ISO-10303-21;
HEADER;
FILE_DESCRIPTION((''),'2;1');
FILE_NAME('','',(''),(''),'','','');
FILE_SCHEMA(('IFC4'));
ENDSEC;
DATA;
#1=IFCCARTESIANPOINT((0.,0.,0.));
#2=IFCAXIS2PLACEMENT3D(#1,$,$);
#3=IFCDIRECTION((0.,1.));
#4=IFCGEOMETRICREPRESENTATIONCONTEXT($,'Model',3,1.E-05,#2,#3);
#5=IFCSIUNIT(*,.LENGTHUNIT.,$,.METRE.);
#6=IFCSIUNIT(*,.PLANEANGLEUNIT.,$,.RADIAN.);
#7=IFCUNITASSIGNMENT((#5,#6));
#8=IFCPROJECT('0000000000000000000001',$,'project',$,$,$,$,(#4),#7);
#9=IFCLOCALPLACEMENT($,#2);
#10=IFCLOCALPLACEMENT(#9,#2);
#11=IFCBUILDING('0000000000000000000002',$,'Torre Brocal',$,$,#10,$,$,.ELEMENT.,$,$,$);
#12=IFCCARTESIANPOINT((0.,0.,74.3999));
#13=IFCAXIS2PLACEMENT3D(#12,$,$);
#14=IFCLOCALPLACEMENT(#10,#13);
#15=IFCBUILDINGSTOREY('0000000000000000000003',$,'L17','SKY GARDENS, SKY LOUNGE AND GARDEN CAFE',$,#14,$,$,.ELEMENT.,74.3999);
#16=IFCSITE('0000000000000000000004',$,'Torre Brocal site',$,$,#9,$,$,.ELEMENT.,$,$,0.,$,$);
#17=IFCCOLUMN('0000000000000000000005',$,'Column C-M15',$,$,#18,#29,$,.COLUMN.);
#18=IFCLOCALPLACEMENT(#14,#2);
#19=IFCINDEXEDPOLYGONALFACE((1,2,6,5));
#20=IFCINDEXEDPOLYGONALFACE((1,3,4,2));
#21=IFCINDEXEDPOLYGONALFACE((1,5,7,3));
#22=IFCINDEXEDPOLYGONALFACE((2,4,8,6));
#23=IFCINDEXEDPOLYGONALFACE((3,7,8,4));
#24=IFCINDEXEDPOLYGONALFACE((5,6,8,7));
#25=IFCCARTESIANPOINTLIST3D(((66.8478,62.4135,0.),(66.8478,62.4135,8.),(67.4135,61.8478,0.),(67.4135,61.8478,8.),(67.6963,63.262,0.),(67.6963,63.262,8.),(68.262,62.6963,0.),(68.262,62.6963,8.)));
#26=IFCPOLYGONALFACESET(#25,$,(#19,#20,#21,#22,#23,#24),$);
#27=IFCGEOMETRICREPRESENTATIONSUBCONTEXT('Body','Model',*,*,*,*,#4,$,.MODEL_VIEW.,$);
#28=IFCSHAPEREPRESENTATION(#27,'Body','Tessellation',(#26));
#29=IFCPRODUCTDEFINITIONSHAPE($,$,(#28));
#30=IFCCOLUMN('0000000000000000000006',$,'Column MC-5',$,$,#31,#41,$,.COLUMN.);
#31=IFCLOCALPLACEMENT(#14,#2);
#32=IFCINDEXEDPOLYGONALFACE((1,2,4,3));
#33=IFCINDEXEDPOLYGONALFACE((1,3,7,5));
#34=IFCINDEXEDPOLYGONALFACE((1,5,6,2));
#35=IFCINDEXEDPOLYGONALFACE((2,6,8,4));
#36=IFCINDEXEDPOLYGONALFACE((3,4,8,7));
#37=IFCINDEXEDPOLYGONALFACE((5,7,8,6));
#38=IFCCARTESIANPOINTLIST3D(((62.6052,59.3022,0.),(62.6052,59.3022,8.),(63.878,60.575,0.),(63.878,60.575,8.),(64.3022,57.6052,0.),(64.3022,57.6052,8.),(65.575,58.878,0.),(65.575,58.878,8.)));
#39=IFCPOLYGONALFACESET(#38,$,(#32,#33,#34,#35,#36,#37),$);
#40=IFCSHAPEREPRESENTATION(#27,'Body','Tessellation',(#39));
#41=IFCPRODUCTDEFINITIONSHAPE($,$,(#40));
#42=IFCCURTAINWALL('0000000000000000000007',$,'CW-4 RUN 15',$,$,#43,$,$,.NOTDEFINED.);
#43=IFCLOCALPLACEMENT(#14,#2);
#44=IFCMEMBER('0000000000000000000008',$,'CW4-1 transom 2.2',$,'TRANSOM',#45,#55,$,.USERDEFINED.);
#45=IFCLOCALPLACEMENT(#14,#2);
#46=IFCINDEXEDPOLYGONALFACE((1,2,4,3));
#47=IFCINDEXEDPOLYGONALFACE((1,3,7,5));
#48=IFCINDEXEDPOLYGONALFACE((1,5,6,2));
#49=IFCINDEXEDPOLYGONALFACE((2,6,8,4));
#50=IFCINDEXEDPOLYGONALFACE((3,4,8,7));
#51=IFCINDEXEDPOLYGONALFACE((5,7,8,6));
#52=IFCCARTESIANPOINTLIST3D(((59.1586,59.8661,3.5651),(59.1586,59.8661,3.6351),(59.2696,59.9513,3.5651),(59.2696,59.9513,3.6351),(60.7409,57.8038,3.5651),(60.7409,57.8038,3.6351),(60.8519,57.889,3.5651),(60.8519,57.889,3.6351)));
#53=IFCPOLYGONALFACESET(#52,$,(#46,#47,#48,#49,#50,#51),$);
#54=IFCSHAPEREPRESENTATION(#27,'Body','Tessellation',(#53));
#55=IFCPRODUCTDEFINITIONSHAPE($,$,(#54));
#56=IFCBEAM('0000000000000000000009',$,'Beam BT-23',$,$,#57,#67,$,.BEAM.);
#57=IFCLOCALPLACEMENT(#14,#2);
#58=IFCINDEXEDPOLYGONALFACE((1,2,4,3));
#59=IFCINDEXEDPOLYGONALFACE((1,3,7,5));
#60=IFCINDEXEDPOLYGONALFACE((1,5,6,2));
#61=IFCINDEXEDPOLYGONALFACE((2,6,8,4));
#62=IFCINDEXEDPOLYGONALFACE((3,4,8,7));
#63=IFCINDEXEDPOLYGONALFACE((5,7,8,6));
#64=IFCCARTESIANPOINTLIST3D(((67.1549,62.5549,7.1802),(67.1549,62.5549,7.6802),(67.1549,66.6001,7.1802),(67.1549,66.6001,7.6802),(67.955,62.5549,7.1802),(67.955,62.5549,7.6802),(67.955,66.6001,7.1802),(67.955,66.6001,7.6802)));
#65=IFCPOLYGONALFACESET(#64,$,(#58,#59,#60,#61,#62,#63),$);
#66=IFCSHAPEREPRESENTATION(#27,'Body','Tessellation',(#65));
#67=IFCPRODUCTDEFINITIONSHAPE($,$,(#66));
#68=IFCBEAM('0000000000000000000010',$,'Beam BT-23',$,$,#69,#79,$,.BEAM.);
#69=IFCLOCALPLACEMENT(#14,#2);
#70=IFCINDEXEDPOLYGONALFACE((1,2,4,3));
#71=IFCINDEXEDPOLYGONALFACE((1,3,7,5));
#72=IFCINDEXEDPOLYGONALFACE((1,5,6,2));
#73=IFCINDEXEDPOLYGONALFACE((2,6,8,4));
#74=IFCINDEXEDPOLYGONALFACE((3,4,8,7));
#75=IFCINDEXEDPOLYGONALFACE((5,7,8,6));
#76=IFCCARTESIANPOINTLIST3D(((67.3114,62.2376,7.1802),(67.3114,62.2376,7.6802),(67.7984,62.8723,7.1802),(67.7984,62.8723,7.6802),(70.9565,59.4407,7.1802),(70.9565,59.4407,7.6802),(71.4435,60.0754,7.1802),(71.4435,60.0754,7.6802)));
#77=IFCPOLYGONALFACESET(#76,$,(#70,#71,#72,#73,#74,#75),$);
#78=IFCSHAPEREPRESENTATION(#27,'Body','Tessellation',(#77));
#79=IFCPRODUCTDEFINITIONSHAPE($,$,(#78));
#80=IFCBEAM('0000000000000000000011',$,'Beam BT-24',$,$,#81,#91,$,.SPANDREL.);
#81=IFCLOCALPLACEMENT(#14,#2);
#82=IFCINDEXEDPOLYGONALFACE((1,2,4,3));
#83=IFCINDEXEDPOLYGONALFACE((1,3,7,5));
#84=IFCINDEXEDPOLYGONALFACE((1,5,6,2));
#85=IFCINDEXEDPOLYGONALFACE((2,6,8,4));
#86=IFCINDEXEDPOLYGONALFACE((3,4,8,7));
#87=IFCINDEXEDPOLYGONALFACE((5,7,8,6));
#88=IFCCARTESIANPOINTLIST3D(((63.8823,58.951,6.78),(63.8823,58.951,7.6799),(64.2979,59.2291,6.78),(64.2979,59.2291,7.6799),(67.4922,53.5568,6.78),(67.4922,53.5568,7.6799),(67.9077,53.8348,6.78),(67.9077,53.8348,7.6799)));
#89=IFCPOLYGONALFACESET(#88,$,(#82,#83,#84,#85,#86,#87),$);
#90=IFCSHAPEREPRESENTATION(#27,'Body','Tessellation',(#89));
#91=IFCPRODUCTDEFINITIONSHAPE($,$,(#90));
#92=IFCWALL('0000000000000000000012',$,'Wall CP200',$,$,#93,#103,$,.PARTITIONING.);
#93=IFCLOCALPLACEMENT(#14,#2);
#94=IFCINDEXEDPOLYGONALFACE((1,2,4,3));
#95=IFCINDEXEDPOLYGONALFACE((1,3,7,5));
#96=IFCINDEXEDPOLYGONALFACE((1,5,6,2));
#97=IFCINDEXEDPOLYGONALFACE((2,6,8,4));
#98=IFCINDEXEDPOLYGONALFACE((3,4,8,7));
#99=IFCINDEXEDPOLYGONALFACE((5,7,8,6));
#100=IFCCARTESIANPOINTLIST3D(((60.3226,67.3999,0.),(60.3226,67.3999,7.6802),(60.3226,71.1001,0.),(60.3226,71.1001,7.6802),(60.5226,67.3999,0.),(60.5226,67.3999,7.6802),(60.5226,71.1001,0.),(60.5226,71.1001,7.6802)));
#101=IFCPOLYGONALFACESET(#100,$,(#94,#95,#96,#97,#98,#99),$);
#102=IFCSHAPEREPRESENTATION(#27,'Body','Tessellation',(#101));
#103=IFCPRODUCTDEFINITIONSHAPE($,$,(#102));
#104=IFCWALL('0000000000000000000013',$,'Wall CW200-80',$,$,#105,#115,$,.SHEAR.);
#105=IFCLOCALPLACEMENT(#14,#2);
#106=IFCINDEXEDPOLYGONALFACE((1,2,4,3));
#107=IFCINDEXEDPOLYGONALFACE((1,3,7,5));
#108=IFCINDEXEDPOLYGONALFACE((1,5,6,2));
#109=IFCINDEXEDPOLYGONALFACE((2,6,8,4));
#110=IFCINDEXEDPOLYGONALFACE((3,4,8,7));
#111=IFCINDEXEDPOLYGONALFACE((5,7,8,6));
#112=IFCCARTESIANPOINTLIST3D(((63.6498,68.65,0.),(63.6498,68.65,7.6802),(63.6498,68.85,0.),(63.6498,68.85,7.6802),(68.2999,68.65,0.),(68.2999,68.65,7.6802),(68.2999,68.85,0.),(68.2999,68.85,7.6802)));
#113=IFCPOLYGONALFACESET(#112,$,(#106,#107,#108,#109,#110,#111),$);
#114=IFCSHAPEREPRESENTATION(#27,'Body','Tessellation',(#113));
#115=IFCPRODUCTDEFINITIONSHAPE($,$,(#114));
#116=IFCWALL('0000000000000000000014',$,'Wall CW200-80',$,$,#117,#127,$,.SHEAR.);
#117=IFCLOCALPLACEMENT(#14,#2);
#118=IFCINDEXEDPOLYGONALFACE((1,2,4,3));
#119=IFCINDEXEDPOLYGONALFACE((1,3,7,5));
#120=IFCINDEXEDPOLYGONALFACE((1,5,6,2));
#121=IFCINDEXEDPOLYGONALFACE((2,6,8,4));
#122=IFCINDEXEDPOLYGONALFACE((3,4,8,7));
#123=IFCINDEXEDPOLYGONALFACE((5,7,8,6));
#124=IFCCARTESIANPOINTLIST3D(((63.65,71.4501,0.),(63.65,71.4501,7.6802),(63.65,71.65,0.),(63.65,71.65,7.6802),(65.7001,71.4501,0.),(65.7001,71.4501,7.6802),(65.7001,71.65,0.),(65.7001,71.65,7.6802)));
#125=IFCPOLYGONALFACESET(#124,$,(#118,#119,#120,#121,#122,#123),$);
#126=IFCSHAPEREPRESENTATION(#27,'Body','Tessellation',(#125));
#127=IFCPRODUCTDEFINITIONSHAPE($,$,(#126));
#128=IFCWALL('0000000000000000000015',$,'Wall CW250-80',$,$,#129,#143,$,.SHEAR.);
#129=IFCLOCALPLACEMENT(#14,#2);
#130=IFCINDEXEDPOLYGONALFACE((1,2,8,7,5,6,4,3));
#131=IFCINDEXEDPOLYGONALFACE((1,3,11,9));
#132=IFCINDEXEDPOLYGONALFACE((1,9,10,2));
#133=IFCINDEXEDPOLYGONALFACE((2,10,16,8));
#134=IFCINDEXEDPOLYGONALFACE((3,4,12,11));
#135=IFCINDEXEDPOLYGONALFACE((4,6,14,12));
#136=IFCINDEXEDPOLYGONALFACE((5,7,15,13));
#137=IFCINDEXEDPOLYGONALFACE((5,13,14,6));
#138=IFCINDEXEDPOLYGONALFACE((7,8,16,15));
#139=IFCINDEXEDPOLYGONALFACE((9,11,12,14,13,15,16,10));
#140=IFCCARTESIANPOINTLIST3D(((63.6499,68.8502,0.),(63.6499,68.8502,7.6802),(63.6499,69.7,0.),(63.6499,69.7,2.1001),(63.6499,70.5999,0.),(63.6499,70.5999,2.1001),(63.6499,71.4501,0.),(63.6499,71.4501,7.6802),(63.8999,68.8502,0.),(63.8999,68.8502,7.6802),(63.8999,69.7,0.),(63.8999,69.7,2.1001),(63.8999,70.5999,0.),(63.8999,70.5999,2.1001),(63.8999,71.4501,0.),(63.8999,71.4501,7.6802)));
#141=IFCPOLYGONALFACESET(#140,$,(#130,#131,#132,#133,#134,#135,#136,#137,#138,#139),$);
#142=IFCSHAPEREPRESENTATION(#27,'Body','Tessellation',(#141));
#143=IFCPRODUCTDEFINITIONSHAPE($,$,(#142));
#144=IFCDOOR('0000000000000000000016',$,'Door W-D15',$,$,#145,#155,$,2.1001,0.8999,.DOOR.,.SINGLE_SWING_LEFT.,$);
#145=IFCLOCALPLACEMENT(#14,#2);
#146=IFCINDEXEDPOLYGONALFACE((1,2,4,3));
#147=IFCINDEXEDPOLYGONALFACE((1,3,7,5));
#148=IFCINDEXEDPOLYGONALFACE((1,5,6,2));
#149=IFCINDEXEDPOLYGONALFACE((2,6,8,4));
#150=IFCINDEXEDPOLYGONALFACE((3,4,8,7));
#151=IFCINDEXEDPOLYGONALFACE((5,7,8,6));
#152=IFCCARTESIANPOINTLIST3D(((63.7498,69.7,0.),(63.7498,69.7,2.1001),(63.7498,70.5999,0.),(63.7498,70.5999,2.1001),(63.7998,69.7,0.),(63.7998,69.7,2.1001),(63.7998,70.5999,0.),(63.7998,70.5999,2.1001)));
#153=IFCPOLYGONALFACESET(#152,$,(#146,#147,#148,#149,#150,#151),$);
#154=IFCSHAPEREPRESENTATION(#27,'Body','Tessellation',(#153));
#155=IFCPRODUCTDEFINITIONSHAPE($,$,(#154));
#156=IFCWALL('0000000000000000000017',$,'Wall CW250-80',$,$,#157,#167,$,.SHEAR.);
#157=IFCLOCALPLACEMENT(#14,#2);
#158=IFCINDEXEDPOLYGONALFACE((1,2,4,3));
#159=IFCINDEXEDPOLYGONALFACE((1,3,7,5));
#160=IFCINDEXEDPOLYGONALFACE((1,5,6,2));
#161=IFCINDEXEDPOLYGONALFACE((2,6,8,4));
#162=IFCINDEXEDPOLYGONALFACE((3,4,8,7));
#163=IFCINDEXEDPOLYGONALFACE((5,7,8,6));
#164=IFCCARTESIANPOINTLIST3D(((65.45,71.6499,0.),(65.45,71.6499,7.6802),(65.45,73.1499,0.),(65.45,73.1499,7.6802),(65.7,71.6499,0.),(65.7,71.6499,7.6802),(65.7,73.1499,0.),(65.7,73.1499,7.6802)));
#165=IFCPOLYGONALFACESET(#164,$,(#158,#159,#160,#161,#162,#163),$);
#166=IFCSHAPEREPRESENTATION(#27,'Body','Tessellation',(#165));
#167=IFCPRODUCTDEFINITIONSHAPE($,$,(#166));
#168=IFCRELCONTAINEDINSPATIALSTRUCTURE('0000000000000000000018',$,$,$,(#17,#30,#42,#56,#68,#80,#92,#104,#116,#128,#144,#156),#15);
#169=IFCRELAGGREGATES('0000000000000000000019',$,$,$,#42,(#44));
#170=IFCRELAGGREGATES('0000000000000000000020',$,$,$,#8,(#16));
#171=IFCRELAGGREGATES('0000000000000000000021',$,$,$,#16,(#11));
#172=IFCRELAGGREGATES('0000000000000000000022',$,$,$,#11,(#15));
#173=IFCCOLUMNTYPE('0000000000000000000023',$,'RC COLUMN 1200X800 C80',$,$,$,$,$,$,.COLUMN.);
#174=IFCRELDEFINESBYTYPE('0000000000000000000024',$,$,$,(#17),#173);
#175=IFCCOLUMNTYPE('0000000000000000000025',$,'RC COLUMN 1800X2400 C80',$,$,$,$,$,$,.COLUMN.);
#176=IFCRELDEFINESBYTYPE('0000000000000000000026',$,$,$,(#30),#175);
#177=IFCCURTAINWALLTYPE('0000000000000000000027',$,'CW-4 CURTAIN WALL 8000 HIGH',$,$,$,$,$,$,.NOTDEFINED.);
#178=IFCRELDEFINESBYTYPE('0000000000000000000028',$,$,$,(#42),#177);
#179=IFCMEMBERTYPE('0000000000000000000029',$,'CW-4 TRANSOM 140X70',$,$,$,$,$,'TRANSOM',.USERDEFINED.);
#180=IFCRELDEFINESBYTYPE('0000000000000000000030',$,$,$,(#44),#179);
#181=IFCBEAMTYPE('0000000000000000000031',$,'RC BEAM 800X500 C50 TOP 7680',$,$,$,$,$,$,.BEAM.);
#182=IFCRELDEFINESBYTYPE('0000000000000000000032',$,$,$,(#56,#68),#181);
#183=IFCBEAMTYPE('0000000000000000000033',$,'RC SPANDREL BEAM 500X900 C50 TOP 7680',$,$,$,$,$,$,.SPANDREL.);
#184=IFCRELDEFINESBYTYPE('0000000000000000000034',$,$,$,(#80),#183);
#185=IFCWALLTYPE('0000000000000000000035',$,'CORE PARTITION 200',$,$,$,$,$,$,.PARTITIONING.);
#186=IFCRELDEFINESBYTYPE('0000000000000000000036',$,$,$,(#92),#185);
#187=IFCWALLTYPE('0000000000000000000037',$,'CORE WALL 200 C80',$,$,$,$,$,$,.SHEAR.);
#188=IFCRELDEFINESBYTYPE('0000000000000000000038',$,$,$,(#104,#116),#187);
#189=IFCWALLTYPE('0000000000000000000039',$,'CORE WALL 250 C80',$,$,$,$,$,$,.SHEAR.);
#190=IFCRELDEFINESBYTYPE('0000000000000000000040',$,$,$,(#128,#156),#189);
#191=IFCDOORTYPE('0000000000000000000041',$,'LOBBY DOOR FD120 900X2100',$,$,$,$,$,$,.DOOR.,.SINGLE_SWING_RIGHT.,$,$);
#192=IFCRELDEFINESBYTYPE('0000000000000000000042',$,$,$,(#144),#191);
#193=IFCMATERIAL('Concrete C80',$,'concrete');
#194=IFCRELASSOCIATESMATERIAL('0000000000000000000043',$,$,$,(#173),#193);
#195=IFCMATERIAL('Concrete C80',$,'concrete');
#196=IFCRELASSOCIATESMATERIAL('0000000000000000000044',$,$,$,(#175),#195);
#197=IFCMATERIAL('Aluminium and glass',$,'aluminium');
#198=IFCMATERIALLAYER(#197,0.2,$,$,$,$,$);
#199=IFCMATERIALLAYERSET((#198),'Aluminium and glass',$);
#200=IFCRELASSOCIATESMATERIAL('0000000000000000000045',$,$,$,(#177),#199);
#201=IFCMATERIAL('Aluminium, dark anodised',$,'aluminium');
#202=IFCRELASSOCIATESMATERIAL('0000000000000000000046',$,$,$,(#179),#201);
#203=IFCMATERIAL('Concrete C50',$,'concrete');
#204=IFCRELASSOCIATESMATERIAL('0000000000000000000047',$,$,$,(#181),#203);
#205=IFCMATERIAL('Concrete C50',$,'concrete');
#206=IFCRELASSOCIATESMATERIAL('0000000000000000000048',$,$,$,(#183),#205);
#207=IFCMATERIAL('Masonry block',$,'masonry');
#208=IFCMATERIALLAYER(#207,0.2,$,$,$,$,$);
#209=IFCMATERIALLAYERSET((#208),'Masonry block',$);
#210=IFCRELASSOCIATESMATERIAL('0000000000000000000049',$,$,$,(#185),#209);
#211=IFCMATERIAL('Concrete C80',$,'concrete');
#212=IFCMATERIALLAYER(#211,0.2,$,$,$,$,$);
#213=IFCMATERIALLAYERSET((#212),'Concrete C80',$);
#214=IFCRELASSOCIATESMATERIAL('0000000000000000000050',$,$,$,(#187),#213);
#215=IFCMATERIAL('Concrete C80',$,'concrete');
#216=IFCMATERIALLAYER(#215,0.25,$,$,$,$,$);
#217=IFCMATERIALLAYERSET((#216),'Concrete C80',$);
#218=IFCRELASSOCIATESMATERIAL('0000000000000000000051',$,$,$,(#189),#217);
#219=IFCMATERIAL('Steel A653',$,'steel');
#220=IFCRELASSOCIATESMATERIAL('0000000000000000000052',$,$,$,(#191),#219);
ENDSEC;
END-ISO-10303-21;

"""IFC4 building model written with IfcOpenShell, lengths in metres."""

from ifc_helpers import new_model, si_unit, direction, frame, frame_2d, origin, origin_2d, place, context, subcontext, project, spatial, rectangle, extrude, material, layer, layer_set, material_profile, profile_set, type_object, element, fill, aggregate, save


model = new_model("IFC4")

# Units and contexts
model_context = context("Model", 3, precision=1e-05, world=origin(), true_north=direction((0.0, 1.0)))
body_context = subcontext(model_context, "Body", "Model", "MODEL_VIEW")
ifc_project = project(units=[si_unit("LENGTHUNIT", "METRE"), si_unit("PLANEANGLEUNIT", "RADIAN")], contexts=[model_context])

# Site, building, storey
site_placement = place(None, origin())
site = spatial("IfcSite", under=ifc_project, at=site_placement, Name="Torre Brocal site", CompositionType="ELEMENT", RefElevation=0.0)
building_placement = place(site_placement, origin())
building = spatial("IfcBuilding", under=site, at=building_placement, Name="Torre Brocal", CompositionType="ELEMENT")
storey_placement = place(building_placement, frame((0.0, 0.0, 74.3999)))
storey = spatial("IfcBuildingStorey", under=building, at=storey_placement, Name="L17", Description="SKY GARDENS, SKY LOUNGE AND GARDEN CAFE", CompositionType="ELEMENT", Elevation=74.3999)

# Columns
ifc_material_1 = material(Name="Concrete C80", Category="concrete")
ifc_material_profile_1 = material_profile(ifc_material_1, rectangle(XDim=1.2, YDim=0.8, at=origin_2d()), Name="RC 1200X800")
ifc_profile_set_1 = profile_set([ifc_material_profile_1], Name="Concrete C80")
column_type_1 = type_object("IfcColumnType", Name="RC COLUMN 1200X800 C80", PredefinedType="COLUMN", material=ifc_profile_set_1)
column_1_placement = place(storey_placement, frame((67.5549, 62.5549, 0.0), z_axis=(0.0, 0.0, 1.0), x_axis=(-0.707107, -0.707107, 0.0)))
element("IfcColumn", 1, at=column_1_placement, inside=storey, type_object=column_type_1, Name="Column C-M15", PredefinedType="COLUMN", context=body_context, shape_type="SweptSolid", body=[
    extrude(rectangle(XDim=1.2, YDim=0.8, at=origin_2d()), origin(), (0.0, 0.0, 1.0), 8.0),
])
ifc_material_2 = material(Name="Concrete C80", Category="concrete")
ifc_material_profile_2 = material_profile(ifc_material_2, rectangle(XDim=1.8, YDim=2.3999, at=origin_2d()), Name="RC 1800X2400")
ifc_profile_set_2 = profile_set([ifc_material_profile_2], Name="Concrete C80")
column_type_2 = type_object("IfcColumnType", Name="RC COLUMN 1800X2400 C80", PredefinedType="COLUMN", material=ifc_profile_set_2)
column_2_placement = place(storey_placement, frame((64.0901, 59.0901, 0.0), z_axis=(0.0, 0.0, 1.0), x_axis=(-0.707107, -0.707107, 0.0)))
element("IfcColumn", 2, at=column_2_placement, inside=storey, type_object=column_type_2, Name="Column MC-5", PredefinedType="COLUMN", context=body_context, shape_type="SweptSolid", body=[
    extrude(rectangle(XDim=1.8, YDim=2.3999, at=origin_2d()), origin(), (0.0, 0.0, 1.0), 8.0),
])

# Curtain wall, member
ifc_material_3 = material(Name="Aluminium and glass", Category="aluminium")
ifc_layer_1 = layer(ifc_material_3, 0.2)
ifc_layer_set_1 = layer_set([ifc_layer_1], Name="Aluminium and glass")
curtain_wall_type = type_object("IfcCurtainWallType", Name="CW-4 CURTAIN WALL 8000 HIGH", PredefinedType="NOTDEFINED", material=ifc_layer_set_1)
curtain_wall_placement = place(storey_placement, origin())
curtain_wall = element("IfcCurtainWall", 3, at=curtain_wall_placement, inside=storey, type_object=curtain_wall_type, Name="CW-4 RUN 15", PredefinedType="NOTDEFINED")
ifc_material_4 = material(Name="Aluminium, dark anodised", Category="aluminium")
ifc_material_profile_3 = material_profile(ifc_material_4, rectangle(XDim=0.1399, YDim=0.0701, at=origin_2d()), Name="CW-4 TRANSOM 140X70")
ifc_profile_set_3 = profile_set([ifc_material_profile_3], Name="Aluminium, dark anodised")
member_type = type_object("IfcMemberType", Name="CW-4 TRANSOM 140X70", ElementType="TRANSOM", PredefinedType="USERDEFINED", material=ifc_profile_set_3)
member_placement = place(storey_placement, frame((59.2141, 59.9087, 3.6001), z_axis=(0.608725, -0.793381, 0.0), x_axis=(0.793381, 0.608725, 0.0)))
member = element("IfcMember", 4, at=member_placement, type_object=member_type, Name="CW4-1 transom 2.2", ObjectType="TRANSOM", PredefinedType="USERDEFINED", context=body_context, shape_type="SweptSolid", body=[
    extrude(rectangle(XDim=0.1399, YDim=0.0701, at=origin_2d()), origin(), (0.0, 0.0, 1.0), 2.5994),
])
aggregate(curtain_wall, [member])

# Beams
ifc_material_5 = material(Name="Concrete C50", Category="concrete")
ifc_material_profile_4 = material_profile(ifc_material_5, rectangle(XDim=0.8, YDim=0.5, at=origin_2d()), Name="RC 800X500")
ifc_profile_set_4 = profile_set([ifc_material_profile_4], Name="Concrete C50")
beam_type_1 = type_object("IfcBeamType", Name="RC BEAM 800X500 C50 TOP 7680", PredefinedType="BEAM", material=ifc_profile_set_4)
beam_1_placement = place(storey_placement, frame((67.5549, 62.5549, 7.4302), z_axis=(0.0, 1.0, 0.0), x_axis=(-1.0, 0.0, 0.0)))
element("IfcBeam", 5, at=beam_1_placement, inside=storey, type_object=beam_type_1, Name="Beam BT-23", PredefinedType="BEAM", context=body_context, shape_type="SweptSolid", body=[
    extrude(rectangle(XDim=0.8, YDim=0.5, at=origin_2d()), origin(), (0.0, 0.0, 1.0), 4.0452),
])
beam_2_placement = place(storey_placement, frame((67.5549, 62.5549, 7.4302), z_axis=(0.793358, -0.608755, 0.0), x_axis=(0.608755, 0.793358, 0.0)))
element("IfcBeam", 6, at=beam_2_placement, inside=storey, type_object=beam_type_1, Name="Beam BT-23", PredefinedType="BEAM", context=body_context, shape_type="SweptSolid", body=[
    extrude(rectangle(XDim=0.8, YDim=0.5, at=origin_2d()), origin(), (0.0, 0.0, 1.0), 4.5945),
])
ifc_material_6 = material(Name="Concrete C50", Category="concrete")
ifc_material_profile_5 = material_profile(ifc_material_6, rectangle(XDim=0.5, YDim=0.8999, at=origin_2d()), Name="RC 500X900")
ifc_profile_set_5 = profile_set([ifc_material_profile_5], Name="Concrete C50")
beam_type_2 = type_object("IfcBeamType", Name="RC SPANDREL BEAM 500X900 C50 TOP 7680", PredefinedType="SPANDREL", material=ifc_profile_set_5)
beam_3_placement = place(storey_placement, frame((64.0901, 59.0901, 7.23), z_axis=(0.556158, -0.831077, 0.0), x_axis=(0.831077, 0.556158, 0.0)))
element("IfcBeam", 7, at=beam_3_placement, inside=storey, type_object=beam_type_2, Name="Beam BT-24", PredefinedType="SPANDREL", context=body_context, shape_type="SweptSolid", body=[
    extrude(rectangle(XDim=0.5, YDim=0.8999, at=origin_2d()), origin(), (0.0, 0.0, 1.0), 6.4907),
])

# Walls
ifc_material_7 = material(Name="Masonry block", Category="masonry")
ifc_layer_2 = layer(ifc_material_7, 0.2)
ifc_layer_set_2 = layer_set([ifc_layer_2], Name="Masonry block")
wall_type_1 = type_object("IfcWallType", Name="CORE PARTITION 200", PredefinedType="PARTITIONING", material=ifc_layer_set_2)
wall_1_placement = place(storey_placement, frame((60.4226, 71.1001, 0.0), z_axis=(0.0, 0.0, 1.0), x_axis=(0.0, -1.0, 0.0)))
element("IfcWall", 8, at=wall_1_placement, inside=storey, type_object=wall_type_1, Name="Wall CP200", PredefinedType="PARTITIONING", context=body_context, shape_type="SweptSolid", body=[
    extrude(rectangle(XDim=3.7002, YDim=0.2, at=frame_2d((1.8501, 0.0))), origin(), (0.0, 0.0, 1.0), 7.6802),
])
ifc_material_8 = material(Name="Concrete C80", Category="concrete")
ifc_layer_3 = layer(ifc_material_8, 0.2)
ifc_layer_set_3 = layer_set([ifc_layer_3], Name="Concrete C80")
wall_type_2 = type_object("IfcWallType", Name="CORE WALL 200 C80", PredefinedType="SHEAR", material=ifc_layer_set_3)
wall_2_placement = place(storey_placement, frame((68.3, 68.75, 0.0), z_axis=(0.0, 0.0, 1.0), x_axis=(-1.0, 0.0, 0.0)))
element("IfcWall", 9, at=wall_2_placement, inside=storey, type_object=wall_type_2, Name="Wall CW200-80", PredefinedType="SHEAR", context=body_context, shape_type="SweptSolid", body=[
    extrude(rectangle(XDim=4.6501, YDim=0.2, at=frame_2d((2.3252, 0.0))), origin(), (0.0, 0.0, 1.0), 7.6802),
])
wall_3_placement = place(storey_placement, frame((65.7, 71.55, 0.0), z_axis=(0.0, 0.0, 1.0), x_axis=(-1.0, 0.0, 0.0)))
element("IfcWall", 10, at=wall_3_placement, inside=storey, type_object=wall_type_2, Name="Wall CW200-80", PredefinedType="SHEAR", context=body_context, shape_type="SweptSolid", body=[
    extrude(rectangle(XDim=2.05, YDim=0.2, at=frame_2d((1.0249, 0.0))), origin(), (0.0, 0.0, 1.0), 7.6802),
])

# Wall, opening, door
ifc_material_9 = material(Name="Concrete C80", Category="concrete")
ifc_layer_4 = layer(ifc_material_9, 0.25)
ifc_layer_set_4 = layer_set([ifc_layer_4], Name="Concrete C80")
wall_type_3 = type_object("IfcWallType", Name="CORE WALL 250 C80", PredefinedType="SHEAR", material=ifc_layer_set_4)
wall_4_placement = place(storey_placement, frame((63.7749, 71.45, 0.0), z_axis=(0.0, 0.0, 1.0), x_axis=(0.0, -1.0, 0.0)))
wall_4 = element("IfcWall", 11, at=wall_4_placement, inside=storey, type_object=wall_type_3, Name="Wall CW250-80", PredefinedType="SHEAR", context=body_context, shape_type="SweptSolid", body=[
    extrude(rectangle(XDim=2.5999, YDim=0.25, at=frame_2d((1.2998, 0.0))), origin(), (0.0, 0.0, 1.0), 7.6802),
])
opening_1_placement = place(wall_4_placement, frame((0.8501, 0.0, 0.0)))
opening_1 = element("IfcOpeningElement", 12, at=opening_1_placement, cuts=wall_4, PredefinedType="OPENING", context=body_context, shape_type="SweptSolid", body=[
    extrude(rectangle(XDim=0.8999, YDim=2.1001, at=frame_2d((0.45, 1.05))), frame((0.0, 0.135, 0.0), z_axis=(0.0, -1.0, 0.0), x_axis=(1.0, 0.0, 0.0)), (0.0, 0.0, 1.0), 0.27),
])
ifc_material_10 = material(Name="Steel A653", Category="steel")
door_type_1 = type_object("IfcDoorType", Name="LOBBY DOOR FD120 900X2100", OperationType="SINGLE_SWING_RIGHT", PredefinedType="DOOR", material=ifc_material_10)
door_1_placement = place(opening_1_placement, origin())
door_1 = element("IfcDoor", 13, at=door_1_placement, inside=storey, type_object=door_type_1, Name="Door W-D15", OperationType="SINGLE_SWING_LEFT", OverallHeight=2.1001, OverallWidth=0.8999, PredefinedType="DOOR", context=body_context, shape_type="SweptSolid", body=[
    extrude(rectangle(XDim=0.8999, YDim=2.1001, at=frame_2d((0.45, 1.05))), frame((0.0, 0.0249, 0.0), z_axis=(0.0, -1.0, 0.0), x_axis=(1.0, 0.0, 0.0)), (0.0, 0.0, 1.0), 0.05),
])
fill(opening_1, door_1)

# Wall
wall_5_placement = place(storey_placement, frame((65.575, 73.1499, 0.0), z_axis=(0.0, 0.0, 1.0), x_axis=(0.0, -1.0, 0.0)))
element("IfcWall", 14, at=wall_5_placement, inside=storey, type_object=wall_type_3, Name="Wall CW250-80", PredefinedType="SHEAR", context=body_context, shape_type="SweptSolid", body=[
    extrude(rectangle(XDim=1.5, YDim=0.25, at=frame_2d((0.75, 0.0))), origin(), (0.0, 0.0, 1.0), 7.6802),
])

save(model, "model.ifc")
